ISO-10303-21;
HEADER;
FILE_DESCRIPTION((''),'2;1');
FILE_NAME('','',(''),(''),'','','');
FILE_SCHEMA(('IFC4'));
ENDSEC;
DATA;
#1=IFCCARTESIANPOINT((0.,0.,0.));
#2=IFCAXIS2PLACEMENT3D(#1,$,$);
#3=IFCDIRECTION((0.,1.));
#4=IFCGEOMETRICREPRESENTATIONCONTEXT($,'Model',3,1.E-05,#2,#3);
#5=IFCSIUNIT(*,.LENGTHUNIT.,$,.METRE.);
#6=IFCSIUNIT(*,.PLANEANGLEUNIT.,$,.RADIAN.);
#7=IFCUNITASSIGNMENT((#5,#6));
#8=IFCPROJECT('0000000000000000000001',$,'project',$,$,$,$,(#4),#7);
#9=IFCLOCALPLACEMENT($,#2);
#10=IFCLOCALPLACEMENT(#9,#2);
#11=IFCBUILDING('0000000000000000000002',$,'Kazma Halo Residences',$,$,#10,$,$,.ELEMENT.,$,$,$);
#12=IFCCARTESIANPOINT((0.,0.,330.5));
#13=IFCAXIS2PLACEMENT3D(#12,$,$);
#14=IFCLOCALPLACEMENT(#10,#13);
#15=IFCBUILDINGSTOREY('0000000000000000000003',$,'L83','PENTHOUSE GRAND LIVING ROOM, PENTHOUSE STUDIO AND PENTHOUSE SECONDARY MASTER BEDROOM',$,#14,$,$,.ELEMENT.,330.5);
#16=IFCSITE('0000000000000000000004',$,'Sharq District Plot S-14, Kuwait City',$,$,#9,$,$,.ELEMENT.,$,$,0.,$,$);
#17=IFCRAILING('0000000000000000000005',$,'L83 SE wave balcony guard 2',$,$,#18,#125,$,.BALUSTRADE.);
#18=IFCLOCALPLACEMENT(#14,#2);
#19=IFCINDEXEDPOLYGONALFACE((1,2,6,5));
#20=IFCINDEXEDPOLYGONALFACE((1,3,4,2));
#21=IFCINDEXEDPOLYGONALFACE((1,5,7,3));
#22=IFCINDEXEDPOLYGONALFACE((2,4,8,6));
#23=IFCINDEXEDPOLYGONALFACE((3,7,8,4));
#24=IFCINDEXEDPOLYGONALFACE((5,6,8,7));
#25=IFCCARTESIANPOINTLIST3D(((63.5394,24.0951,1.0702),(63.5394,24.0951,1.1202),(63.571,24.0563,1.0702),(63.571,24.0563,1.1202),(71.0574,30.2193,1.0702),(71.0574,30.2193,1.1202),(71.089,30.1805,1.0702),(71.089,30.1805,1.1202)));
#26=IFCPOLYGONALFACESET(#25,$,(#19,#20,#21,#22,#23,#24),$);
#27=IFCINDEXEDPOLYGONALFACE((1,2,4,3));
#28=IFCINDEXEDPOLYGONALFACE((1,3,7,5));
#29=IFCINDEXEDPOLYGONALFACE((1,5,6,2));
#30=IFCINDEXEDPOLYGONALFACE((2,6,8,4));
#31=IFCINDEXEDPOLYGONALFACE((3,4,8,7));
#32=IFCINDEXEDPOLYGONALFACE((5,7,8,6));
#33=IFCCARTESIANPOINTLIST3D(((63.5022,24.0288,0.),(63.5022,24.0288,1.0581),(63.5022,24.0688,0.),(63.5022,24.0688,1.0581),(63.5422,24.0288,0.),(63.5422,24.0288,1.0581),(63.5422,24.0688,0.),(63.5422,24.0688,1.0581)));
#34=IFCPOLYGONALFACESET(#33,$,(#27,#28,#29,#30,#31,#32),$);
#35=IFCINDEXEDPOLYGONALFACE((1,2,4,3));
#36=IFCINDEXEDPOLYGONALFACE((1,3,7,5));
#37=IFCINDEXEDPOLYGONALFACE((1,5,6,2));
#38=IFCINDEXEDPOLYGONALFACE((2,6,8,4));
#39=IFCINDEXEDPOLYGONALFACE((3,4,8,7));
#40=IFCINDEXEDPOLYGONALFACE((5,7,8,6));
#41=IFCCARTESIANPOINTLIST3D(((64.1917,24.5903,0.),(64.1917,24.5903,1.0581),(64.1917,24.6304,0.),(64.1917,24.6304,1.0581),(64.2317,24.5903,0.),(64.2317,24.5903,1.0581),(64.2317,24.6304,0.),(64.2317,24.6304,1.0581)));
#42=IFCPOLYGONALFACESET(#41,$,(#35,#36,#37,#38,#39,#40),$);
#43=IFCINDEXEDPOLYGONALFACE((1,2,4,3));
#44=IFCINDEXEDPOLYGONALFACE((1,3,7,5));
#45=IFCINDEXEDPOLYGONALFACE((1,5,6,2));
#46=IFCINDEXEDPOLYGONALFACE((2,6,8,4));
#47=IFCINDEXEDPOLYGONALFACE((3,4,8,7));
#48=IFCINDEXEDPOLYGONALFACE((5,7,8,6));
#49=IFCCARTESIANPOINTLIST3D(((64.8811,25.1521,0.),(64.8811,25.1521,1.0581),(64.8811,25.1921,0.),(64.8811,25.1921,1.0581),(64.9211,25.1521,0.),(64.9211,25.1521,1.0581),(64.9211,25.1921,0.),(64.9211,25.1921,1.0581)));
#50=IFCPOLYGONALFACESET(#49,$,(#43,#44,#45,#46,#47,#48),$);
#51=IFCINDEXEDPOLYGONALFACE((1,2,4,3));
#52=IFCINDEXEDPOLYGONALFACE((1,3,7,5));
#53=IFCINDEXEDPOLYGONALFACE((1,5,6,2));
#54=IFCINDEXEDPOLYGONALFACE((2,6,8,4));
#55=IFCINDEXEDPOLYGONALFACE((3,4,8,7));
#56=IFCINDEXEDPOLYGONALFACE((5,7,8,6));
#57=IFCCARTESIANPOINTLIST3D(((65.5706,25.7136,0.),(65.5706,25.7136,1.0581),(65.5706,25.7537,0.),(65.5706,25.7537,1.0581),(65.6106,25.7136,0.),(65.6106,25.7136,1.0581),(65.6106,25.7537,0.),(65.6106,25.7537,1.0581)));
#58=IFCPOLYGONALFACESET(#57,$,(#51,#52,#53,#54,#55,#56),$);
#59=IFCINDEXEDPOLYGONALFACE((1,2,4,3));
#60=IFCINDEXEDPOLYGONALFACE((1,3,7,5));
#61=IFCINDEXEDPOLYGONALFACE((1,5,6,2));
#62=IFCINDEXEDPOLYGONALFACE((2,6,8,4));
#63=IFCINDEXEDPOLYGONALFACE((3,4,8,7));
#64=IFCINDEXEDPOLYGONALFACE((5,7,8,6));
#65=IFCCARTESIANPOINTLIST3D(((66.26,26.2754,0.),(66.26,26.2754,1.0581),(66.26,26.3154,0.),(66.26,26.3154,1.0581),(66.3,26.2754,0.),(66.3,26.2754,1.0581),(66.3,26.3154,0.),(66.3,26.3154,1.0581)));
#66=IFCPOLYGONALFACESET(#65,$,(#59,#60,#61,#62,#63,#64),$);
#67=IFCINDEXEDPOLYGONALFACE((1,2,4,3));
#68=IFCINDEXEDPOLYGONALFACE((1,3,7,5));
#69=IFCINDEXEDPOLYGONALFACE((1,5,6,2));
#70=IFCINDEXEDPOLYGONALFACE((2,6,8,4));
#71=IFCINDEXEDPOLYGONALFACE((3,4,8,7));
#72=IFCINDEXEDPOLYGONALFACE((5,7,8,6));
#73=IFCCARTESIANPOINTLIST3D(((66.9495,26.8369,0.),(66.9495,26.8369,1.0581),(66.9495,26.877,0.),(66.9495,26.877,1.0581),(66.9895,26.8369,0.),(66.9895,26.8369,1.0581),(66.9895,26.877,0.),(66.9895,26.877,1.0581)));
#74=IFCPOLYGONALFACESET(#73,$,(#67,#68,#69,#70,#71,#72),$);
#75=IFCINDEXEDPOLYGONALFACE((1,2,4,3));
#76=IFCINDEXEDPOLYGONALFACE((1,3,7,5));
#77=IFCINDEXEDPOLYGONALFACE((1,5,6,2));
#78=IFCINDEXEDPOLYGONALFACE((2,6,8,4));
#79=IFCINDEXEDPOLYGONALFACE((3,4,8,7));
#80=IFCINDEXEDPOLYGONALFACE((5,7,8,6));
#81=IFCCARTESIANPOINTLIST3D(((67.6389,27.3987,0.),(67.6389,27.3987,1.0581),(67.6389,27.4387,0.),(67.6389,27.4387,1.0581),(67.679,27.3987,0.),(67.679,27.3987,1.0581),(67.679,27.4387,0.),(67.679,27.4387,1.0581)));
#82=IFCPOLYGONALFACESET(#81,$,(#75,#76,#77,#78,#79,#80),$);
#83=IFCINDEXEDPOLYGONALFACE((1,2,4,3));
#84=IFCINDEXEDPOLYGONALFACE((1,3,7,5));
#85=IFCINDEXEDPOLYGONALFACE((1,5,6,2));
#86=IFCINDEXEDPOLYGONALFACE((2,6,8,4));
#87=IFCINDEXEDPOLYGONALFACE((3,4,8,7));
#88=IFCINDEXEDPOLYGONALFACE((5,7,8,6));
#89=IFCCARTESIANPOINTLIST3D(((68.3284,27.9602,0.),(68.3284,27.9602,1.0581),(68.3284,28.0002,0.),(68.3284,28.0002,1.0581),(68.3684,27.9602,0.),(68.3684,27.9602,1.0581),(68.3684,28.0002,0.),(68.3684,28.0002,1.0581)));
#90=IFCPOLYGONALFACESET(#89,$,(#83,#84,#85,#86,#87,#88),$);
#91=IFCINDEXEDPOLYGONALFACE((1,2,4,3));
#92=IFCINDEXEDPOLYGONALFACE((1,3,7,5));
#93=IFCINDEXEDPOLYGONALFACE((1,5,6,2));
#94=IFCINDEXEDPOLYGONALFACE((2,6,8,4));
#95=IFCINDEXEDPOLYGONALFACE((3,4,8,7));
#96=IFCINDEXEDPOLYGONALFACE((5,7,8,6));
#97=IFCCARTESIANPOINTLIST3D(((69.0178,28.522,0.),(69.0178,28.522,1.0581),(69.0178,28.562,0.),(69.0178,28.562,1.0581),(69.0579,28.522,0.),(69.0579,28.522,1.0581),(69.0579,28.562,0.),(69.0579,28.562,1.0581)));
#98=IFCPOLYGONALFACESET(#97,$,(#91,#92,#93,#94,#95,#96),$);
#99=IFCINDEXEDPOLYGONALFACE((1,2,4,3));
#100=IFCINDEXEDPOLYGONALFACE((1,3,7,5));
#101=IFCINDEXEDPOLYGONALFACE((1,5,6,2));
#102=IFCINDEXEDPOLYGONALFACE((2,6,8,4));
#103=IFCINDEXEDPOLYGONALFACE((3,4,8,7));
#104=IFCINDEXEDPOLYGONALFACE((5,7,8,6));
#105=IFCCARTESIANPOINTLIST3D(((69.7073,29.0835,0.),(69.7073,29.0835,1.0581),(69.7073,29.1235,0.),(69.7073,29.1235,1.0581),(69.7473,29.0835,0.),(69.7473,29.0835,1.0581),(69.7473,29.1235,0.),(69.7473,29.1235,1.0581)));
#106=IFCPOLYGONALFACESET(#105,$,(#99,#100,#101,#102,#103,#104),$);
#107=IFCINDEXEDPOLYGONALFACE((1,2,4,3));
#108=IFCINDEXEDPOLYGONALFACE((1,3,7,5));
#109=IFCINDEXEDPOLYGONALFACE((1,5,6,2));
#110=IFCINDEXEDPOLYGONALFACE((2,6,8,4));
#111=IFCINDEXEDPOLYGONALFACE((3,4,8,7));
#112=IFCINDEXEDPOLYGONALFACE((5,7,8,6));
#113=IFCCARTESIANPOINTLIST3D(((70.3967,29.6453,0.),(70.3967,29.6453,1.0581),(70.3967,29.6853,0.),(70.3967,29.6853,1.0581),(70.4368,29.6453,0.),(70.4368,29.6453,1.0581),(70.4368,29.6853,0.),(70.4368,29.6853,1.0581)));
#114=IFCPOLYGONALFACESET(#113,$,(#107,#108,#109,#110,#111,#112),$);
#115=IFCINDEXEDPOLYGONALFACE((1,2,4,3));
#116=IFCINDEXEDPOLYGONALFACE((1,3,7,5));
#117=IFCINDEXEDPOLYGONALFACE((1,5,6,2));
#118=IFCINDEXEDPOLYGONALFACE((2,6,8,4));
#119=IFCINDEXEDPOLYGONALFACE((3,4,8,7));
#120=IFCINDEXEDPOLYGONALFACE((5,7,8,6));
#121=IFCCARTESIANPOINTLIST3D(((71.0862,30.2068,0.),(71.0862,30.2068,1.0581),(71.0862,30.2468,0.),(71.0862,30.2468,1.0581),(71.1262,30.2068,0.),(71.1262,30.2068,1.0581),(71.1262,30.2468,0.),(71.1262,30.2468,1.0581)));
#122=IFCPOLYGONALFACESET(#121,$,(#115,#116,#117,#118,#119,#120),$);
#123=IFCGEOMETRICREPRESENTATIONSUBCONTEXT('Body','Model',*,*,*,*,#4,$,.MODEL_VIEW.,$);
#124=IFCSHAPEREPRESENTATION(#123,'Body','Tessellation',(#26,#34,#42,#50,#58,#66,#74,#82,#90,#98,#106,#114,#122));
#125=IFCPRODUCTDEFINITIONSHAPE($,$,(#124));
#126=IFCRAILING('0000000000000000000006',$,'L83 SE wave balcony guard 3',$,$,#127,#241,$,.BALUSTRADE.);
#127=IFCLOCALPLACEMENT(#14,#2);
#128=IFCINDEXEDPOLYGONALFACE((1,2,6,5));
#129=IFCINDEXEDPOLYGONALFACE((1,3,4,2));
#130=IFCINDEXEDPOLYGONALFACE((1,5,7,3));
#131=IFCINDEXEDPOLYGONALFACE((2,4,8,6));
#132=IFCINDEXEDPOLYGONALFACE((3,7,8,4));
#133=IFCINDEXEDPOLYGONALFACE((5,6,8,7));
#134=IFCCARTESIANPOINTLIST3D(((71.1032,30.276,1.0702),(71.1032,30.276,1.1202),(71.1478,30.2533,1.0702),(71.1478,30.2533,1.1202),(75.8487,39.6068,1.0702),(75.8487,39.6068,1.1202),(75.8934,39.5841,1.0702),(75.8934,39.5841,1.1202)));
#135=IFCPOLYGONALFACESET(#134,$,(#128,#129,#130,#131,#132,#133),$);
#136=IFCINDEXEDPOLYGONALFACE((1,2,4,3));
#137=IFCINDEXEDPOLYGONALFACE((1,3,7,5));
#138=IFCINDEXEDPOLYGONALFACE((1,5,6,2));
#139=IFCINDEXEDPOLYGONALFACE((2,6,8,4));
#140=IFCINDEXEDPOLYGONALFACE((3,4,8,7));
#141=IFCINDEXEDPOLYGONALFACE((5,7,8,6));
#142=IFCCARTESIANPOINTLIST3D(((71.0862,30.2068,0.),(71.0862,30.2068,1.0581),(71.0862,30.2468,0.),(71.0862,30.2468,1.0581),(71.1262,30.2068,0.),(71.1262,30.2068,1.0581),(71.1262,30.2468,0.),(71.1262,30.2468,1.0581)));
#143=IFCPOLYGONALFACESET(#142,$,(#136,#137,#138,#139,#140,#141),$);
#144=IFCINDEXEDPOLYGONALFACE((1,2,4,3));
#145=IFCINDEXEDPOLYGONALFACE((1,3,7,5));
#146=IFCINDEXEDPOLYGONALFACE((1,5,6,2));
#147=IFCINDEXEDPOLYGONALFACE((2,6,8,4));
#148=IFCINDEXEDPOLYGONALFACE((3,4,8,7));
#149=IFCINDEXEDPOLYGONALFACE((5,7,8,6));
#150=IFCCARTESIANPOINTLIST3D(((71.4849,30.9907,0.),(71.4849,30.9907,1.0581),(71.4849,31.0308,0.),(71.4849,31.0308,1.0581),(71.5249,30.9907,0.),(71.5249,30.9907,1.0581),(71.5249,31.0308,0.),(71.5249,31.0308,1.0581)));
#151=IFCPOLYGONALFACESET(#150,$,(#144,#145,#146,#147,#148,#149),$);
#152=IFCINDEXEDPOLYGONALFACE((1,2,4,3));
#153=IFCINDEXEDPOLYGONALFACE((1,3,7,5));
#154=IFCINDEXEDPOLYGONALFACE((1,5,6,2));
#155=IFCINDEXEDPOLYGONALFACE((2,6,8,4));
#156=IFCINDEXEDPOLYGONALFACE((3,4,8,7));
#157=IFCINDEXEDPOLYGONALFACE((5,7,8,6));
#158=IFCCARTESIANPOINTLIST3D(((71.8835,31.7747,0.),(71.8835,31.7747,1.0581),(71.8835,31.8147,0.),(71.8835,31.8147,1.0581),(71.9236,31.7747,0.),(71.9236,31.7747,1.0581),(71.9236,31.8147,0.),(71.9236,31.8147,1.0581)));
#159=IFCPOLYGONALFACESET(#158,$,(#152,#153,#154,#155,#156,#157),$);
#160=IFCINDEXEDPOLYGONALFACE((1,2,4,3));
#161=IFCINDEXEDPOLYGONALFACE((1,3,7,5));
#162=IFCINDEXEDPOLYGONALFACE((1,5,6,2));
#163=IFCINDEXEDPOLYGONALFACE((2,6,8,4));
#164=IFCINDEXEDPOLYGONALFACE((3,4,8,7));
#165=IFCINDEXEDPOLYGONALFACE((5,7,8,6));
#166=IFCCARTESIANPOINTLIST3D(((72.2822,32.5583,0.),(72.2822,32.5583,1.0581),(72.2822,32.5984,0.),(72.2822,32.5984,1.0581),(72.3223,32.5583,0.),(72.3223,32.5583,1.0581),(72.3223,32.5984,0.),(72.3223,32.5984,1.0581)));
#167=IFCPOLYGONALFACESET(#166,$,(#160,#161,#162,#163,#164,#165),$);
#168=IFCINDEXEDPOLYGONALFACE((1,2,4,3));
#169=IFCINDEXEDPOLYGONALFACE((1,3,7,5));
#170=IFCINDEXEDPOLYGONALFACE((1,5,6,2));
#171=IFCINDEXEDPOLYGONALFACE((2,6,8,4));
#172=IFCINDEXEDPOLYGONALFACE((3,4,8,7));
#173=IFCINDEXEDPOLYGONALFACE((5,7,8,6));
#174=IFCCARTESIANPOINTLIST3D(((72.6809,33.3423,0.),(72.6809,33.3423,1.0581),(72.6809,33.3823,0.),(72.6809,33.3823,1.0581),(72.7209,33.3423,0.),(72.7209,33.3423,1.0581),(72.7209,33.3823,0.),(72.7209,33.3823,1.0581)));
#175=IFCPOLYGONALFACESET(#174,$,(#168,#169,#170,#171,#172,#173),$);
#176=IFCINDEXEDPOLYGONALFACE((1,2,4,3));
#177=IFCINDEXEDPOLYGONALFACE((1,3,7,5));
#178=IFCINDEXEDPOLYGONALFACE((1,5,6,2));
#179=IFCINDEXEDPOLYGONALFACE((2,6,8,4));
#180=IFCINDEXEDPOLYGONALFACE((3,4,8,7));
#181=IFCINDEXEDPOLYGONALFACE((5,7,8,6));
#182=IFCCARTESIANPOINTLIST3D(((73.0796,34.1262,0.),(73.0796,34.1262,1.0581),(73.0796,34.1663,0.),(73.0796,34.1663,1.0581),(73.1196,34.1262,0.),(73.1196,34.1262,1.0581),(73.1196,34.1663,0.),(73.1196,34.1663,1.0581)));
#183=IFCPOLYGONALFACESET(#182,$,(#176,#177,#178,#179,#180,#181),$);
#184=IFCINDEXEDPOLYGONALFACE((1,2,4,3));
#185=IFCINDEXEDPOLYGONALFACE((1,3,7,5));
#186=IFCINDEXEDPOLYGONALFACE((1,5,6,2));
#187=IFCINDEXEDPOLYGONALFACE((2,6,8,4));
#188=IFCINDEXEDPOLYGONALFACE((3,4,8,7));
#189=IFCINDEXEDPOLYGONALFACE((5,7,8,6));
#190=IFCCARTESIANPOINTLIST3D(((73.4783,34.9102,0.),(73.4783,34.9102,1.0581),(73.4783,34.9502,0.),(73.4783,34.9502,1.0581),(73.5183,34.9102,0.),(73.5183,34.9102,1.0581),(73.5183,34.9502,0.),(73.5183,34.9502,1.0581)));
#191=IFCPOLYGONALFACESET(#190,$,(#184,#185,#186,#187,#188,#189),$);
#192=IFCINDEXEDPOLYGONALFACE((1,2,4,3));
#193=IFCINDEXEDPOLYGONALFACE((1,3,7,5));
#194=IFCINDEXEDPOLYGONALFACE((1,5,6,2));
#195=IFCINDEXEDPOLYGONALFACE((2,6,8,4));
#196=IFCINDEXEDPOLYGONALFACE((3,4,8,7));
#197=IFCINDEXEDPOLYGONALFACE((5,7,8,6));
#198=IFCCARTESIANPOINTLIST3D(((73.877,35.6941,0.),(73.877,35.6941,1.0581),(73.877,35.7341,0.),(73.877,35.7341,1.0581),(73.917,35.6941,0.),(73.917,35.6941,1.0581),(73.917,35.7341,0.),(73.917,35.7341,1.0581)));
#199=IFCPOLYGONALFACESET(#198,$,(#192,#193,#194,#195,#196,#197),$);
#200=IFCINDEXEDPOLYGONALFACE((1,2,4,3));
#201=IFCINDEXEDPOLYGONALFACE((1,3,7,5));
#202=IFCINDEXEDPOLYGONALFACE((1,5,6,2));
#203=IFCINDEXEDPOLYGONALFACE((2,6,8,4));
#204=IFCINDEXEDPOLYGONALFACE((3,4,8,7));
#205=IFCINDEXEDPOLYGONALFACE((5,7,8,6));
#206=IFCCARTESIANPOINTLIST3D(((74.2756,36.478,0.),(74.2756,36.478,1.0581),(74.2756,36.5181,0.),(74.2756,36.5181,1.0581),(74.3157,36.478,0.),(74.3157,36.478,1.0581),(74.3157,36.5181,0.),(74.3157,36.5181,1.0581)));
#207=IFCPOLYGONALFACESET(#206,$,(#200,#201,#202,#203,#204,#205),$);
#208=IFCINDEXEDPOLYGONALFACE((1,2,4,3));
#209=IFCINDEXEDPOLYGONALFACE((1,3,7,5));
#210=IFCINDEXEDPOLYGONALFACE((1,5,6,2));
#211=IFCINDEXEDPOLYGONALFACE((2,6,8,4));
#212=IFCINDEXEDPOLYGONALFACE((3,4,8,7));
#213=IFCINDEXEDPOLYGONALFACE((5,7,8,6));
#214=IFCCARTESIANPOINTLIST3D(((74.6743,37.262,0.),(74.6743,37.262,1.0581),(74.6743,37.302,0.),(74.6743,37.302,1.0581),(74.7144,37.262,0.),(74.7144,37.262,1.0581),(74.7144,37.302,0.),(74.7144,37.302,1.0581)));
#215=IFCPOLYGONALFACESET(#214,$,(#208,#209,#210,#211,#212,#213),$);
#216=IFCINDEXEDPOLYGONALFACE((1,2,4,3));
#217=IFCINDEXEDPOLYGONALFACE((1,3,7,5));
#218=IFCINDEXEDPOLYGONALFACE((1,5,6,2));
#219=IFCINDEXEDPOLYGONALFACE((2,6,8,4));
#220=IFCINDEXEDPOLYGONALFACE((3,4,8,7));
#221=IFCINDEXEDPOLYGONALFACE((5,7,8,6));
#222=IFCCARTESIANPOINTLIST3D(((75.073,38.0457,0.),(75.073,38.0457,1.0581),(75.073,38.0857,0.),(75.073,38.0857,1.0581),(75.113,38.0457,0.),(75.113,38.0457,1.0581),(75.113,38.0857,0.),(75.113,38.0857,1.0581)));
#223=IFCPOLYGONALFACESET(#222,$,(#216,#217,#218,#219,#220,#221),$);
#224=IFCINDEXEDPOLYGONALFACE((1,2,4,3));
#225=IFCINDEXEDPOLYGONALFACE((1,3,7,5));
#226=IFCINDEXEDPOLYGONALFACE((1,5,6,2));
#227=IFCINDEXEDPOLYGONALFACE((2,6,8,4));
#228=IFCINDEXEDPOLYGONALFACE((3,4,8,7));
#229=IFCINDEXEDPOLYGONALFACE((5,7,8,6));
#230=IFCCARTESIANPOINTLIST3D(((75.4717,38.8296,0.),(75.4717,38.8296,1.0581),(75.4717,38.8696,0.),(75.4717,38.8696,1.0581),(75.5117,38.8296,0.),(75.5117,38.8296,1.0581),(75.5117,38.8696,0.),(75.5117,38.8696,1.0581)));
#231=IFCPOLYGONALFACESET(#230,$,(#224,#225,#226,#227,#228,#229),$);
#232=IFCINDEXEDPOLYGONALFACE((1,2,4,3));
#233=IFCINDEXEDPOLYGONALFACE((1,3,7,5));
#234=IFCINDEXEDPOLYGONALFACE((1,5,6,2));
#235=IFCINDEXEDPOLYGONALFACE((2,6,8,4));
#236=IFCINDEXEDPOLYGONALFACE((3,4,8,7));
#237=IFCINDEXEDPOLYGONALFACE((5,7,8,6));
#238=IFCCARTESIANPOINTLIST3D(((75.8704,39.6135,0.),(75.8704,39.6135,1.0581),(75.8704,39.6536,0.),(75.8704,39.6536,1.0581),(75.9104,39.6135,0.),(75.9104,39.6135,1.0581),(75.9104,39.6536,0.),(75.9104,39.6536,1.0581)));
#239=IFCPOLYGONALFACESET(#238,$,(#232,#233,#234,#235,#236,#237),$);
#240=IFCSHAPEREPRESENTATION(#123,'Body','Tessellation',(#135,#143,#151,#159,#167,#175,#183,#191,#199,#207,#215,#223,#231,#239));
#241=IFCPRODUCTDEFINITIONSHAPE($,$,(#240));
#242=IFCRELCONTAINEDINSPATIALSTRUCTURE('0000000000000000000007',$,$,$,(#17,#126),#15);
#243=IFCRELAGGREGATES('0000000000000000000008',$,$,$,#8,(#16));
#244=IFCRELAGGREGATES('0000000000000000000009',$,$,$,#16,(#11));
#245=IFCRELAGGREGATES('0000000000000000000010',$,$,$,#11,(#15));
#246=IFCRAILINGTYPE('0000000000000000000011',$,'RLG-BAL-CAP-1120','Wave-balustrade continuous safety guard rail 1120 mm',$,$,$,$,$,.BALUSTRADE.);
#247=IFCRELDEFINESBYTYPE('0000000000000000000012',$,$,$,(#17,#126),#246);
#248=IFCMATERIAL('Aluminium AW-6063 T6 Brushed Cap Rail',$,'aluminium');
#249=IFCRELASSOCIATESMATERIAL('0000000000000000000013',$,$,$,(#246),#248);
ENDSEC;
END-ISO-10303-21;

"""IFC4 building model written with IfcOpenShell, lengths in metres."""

from ifc_helpers import new_model, si_unit, direction, frame, origin, origin_2d, place, context, subcontext, project, spatial, rectangle, extrude, material, type_object, element, save


model = new_model("IFC4")

# Units and contexts
model_context = context("Model", 3, precision=1e-05, world=origin(), true_north=direction((0.0, 1.0)))
body_context = subcontext(model_context, "Body", "Model", "MODEL_VIEW")
ifc_project = project(units=[si_unit("LENGTHUNIT", "METRE"), si_unit("PLANEANGLEUNIT", "RADIAN")], contexts=[model_context])

# Site, building, storey
site_placement = place(None, origin())
site = spatial("IfcSite", under=ifc_project, at=site_placement, Name="Sharq District Plot S-14, Kuwait City", CompositionType="ELEMENT", RefElevation=0.0)
building_placement = place(site_placement, origin())
building = spatial("IfcBuilding", under=site, at=building_placement, Name="Kazma Halo Residences", CompositionType="ELEMENT")
storey_placement = place(building_placement, frame((0.0, 0.0, 330.5)))
storey = spatial("IfcBuildingStorey", under=building, at=storey_placement, Name="L83", Description="PENTHOUSE GRAND LIVING ROOM, PENTHOUSE STUDIO AND PENTHOUSE SECONDARY MASTER BEDROOM", CompositionType="ELEMENT", Elevation=330.5)

# Railings
ifc_material_1 = material(Name="Aluminium AW-6063 T6 Brushed Cap Rail", Category="aluminium")
railing_type = type_object("IfcRailingType", Name="RLG-BAL-CAP-1120", Description="Wave-balustrade continuous safety guard rail 1120 mm", PredefinedType="BALUSTRADE", material=ifc_material_1)
railing_1_placement = place(storey_placement, frame((63.5222, 24.0488, 0.0)))
element("IfcRailing", 1, at=railing_1_placement, inside=storey, type_object=railing_type, Name="L83 SE wave balcony guard 2", PredefinedType="BALUSTRADE", context=body_context, shape_type="SweptSolid", body=[
    extrude(rectangle(XDim=0.05, YDim=0.05, at=origin_2d()), frame((0.033, 0.0269, 1.0952), z_axis=(0.775313, 0.631577, 0.0), x_axis=(-0.631577, 0.775313, 0.0)), (0.0, 0.0, 1.0), 9.6968),
    extrude(rectangle(XDim=0.04, YDim=0.04, at=origin_2d()), origin(), (0.0, 0.0, 1.0), 1.0581),
    extrude(rectangle(XDim=0.04, YDim=0.04, at=origin_2d()), frame((0.6895, 0.5615, 0.0)), (0.0, 0.0, 1.0), 1.0581),
    extrude(rectangle(XDim=0.04, YDim=0.04, at=origin_2d()), frame((1.3789, 1.1233, 0.0)), (0.0, 0.0, 1.0), 1.0581),
    extrude(rectangle(XDim=0.04, YDim=0.04, at=origin_2d()), frame((2.0684, 1.6848, 0.0)), (0.0, 0.0, 1.0), 1.0581),
    extrude(rectangle(XDim=0.04, YDim=0.04, at=origin_2d()), frame((2.7578, 2.2466, 0.0)), (0.0, 0.0, 1.0), 1.0581),
    extrude(rectangle(XDim=0.04, YDim=0.04, at=origin_2d()), frame((3.4473, 2.8081, 0.0)), (0.0, 0.0, 1.0), 1.0581),
    extrude(rectangle(XDim=0.04, YDim=0.04, at=origin_2d()), frame((4.1367, 3.3699, 0.0)), (0.0, 0.0, 1.0), 1.0581),
    extrude(rectangle(XDim=0.04, YDim=0.04, at=origin_2d()), frame((4.8262, 3.9314, 0.0)), (0.0, 0.0, 1.0), 1.0581),
    extrude(rectangle(XDim=0.04, YDim=0.04, at=origin_2d()), frame((5.5156, 4.4932, 0.0)), (0.0, 0.0, 1.0), 1.0581),
    extrude(rectangle(XDim=0.04, YDim=0.04, at=origin_2d()), frame((6.2051, 5.0547, 0.0)), (0.0, 0.0, 1.0), 1.0581),
    extrude(rectangle(XDim=0.04, YDim=0.04, at=origin_2d()), frame((6.8945, 5.6165, 0.0)), (0.0, 0.0, 1.0), 1.0581),
    extrude(rectangle(XDim=0.04, YDim=0.04, at=origin_2d()), frame((7.584, 6.178, 0.0)), (0.0, 0.0, 1.0), 1.0581),
])
railing_2_placement = place(storey_placement, frame((71.1062, 30.2268, 0.0)))
element("IfcRailing", 2, at=railing_2_placement, inside=storey, type_object=railing_type, Name="L83 SE wave balcony guard 3", PredefinedType="BALUSTRADE", context=body_context, shape_type="SweptSolid", body=[
    extrude(rectangle(XDim=0.05, YDim=0.05, at=origin_2d()), frame((0.0193, 0.0378, 1.0952), z_axis=(0.453329, 0.891343, 0.0), x_axis=(-0.891343, 0.453329, 0.0)), (0.0, 0.0, 1.0), 10.4683),
    extrude(rectangle(XDim=0.04, YDim=0.04, at=origin_2d()), origin(), (0.0, 0.0, 1.0), 1.0581),
    extrude(rectangle(XDim=0.04, YDim=0.04, at=origin_2d()), frame((0.3987, 0.7839, 0.0)), (0.0, 0.0, 1.0), 1.0581),
    extrude(rectangle(XDim=0.04, YDim=0.04, at=origin_2d()), frame((0.7974, 1.5679, 0.0)), (0.0, 0.0, 1.0), 1.0581),
    extrude(rectangle(XDim=0.04, YDim=0.04, at=origin_2d()), frame((1.196, 2.3516, 0.0)), (0.0, 0.0, 1.0), 1.0581),
    extrude(rectangle(XDim=0.04, YDim=0.04, at=origin_2d()), frame((1.5947, 3.1355, 0.0)), (0.0, 0.0, 1.0), 1.0581),
    extrude(rectangle(XDim=0.04, YDim=0.04, at=origin_2d()), frame((1.9934, 3.9194, 0.0)), (0.0, 0.0, 1.0), 1.0581),
    extrude(rectangle(XDim=0.04, YDim=0.04, at=origin_2d()), frame((2.3921, 4.7034, 0.0)), (0.0, 0.0, 1.0), 1.0581),
    extrude(rectangle(XDim=0.04, YDim=0.04, at=origin_2d()), frame((2.7908, 5.4873, 0.0)), (0.0, 0.0, 1.0), 1.0581),
    extrude(rectangle(XDim=0.04, YDim=0.04, at=origin_2d()), frame((3.1895, 6.2712, 0.0)), (0.0, 0.0, 1.0), 1.0581),
    extrude(rectangle(XDim=0.04, YDim=0.04, at=origin_2d()), frame((3.5881, 7.0552, 0.0)), (0.0, 0.0, 1.0), 1.0581),
    extrude(rectangle(XDim=0.04, YDim=0.04, at=origin_2d()), frame((3.9868, 7.8389, 0.0)), (0.0, 0.0, 1.0), 1.0581),
    extrude(rectangle(XDim=0.04, YDim=0.04, at=origin_2d()), frame((4.3855, 8.6228, 0.0)), (0.0, 0.0, 1.0), 1.0581),
    extrude(rectangle(XDim=0.04, YDim=0.04, at=origin_2d()), frame((4.7842, 9.4067, 0.0)), (0.0, 0.0, 1.0), 1.0581),
])

save(model, "model.ifc")
